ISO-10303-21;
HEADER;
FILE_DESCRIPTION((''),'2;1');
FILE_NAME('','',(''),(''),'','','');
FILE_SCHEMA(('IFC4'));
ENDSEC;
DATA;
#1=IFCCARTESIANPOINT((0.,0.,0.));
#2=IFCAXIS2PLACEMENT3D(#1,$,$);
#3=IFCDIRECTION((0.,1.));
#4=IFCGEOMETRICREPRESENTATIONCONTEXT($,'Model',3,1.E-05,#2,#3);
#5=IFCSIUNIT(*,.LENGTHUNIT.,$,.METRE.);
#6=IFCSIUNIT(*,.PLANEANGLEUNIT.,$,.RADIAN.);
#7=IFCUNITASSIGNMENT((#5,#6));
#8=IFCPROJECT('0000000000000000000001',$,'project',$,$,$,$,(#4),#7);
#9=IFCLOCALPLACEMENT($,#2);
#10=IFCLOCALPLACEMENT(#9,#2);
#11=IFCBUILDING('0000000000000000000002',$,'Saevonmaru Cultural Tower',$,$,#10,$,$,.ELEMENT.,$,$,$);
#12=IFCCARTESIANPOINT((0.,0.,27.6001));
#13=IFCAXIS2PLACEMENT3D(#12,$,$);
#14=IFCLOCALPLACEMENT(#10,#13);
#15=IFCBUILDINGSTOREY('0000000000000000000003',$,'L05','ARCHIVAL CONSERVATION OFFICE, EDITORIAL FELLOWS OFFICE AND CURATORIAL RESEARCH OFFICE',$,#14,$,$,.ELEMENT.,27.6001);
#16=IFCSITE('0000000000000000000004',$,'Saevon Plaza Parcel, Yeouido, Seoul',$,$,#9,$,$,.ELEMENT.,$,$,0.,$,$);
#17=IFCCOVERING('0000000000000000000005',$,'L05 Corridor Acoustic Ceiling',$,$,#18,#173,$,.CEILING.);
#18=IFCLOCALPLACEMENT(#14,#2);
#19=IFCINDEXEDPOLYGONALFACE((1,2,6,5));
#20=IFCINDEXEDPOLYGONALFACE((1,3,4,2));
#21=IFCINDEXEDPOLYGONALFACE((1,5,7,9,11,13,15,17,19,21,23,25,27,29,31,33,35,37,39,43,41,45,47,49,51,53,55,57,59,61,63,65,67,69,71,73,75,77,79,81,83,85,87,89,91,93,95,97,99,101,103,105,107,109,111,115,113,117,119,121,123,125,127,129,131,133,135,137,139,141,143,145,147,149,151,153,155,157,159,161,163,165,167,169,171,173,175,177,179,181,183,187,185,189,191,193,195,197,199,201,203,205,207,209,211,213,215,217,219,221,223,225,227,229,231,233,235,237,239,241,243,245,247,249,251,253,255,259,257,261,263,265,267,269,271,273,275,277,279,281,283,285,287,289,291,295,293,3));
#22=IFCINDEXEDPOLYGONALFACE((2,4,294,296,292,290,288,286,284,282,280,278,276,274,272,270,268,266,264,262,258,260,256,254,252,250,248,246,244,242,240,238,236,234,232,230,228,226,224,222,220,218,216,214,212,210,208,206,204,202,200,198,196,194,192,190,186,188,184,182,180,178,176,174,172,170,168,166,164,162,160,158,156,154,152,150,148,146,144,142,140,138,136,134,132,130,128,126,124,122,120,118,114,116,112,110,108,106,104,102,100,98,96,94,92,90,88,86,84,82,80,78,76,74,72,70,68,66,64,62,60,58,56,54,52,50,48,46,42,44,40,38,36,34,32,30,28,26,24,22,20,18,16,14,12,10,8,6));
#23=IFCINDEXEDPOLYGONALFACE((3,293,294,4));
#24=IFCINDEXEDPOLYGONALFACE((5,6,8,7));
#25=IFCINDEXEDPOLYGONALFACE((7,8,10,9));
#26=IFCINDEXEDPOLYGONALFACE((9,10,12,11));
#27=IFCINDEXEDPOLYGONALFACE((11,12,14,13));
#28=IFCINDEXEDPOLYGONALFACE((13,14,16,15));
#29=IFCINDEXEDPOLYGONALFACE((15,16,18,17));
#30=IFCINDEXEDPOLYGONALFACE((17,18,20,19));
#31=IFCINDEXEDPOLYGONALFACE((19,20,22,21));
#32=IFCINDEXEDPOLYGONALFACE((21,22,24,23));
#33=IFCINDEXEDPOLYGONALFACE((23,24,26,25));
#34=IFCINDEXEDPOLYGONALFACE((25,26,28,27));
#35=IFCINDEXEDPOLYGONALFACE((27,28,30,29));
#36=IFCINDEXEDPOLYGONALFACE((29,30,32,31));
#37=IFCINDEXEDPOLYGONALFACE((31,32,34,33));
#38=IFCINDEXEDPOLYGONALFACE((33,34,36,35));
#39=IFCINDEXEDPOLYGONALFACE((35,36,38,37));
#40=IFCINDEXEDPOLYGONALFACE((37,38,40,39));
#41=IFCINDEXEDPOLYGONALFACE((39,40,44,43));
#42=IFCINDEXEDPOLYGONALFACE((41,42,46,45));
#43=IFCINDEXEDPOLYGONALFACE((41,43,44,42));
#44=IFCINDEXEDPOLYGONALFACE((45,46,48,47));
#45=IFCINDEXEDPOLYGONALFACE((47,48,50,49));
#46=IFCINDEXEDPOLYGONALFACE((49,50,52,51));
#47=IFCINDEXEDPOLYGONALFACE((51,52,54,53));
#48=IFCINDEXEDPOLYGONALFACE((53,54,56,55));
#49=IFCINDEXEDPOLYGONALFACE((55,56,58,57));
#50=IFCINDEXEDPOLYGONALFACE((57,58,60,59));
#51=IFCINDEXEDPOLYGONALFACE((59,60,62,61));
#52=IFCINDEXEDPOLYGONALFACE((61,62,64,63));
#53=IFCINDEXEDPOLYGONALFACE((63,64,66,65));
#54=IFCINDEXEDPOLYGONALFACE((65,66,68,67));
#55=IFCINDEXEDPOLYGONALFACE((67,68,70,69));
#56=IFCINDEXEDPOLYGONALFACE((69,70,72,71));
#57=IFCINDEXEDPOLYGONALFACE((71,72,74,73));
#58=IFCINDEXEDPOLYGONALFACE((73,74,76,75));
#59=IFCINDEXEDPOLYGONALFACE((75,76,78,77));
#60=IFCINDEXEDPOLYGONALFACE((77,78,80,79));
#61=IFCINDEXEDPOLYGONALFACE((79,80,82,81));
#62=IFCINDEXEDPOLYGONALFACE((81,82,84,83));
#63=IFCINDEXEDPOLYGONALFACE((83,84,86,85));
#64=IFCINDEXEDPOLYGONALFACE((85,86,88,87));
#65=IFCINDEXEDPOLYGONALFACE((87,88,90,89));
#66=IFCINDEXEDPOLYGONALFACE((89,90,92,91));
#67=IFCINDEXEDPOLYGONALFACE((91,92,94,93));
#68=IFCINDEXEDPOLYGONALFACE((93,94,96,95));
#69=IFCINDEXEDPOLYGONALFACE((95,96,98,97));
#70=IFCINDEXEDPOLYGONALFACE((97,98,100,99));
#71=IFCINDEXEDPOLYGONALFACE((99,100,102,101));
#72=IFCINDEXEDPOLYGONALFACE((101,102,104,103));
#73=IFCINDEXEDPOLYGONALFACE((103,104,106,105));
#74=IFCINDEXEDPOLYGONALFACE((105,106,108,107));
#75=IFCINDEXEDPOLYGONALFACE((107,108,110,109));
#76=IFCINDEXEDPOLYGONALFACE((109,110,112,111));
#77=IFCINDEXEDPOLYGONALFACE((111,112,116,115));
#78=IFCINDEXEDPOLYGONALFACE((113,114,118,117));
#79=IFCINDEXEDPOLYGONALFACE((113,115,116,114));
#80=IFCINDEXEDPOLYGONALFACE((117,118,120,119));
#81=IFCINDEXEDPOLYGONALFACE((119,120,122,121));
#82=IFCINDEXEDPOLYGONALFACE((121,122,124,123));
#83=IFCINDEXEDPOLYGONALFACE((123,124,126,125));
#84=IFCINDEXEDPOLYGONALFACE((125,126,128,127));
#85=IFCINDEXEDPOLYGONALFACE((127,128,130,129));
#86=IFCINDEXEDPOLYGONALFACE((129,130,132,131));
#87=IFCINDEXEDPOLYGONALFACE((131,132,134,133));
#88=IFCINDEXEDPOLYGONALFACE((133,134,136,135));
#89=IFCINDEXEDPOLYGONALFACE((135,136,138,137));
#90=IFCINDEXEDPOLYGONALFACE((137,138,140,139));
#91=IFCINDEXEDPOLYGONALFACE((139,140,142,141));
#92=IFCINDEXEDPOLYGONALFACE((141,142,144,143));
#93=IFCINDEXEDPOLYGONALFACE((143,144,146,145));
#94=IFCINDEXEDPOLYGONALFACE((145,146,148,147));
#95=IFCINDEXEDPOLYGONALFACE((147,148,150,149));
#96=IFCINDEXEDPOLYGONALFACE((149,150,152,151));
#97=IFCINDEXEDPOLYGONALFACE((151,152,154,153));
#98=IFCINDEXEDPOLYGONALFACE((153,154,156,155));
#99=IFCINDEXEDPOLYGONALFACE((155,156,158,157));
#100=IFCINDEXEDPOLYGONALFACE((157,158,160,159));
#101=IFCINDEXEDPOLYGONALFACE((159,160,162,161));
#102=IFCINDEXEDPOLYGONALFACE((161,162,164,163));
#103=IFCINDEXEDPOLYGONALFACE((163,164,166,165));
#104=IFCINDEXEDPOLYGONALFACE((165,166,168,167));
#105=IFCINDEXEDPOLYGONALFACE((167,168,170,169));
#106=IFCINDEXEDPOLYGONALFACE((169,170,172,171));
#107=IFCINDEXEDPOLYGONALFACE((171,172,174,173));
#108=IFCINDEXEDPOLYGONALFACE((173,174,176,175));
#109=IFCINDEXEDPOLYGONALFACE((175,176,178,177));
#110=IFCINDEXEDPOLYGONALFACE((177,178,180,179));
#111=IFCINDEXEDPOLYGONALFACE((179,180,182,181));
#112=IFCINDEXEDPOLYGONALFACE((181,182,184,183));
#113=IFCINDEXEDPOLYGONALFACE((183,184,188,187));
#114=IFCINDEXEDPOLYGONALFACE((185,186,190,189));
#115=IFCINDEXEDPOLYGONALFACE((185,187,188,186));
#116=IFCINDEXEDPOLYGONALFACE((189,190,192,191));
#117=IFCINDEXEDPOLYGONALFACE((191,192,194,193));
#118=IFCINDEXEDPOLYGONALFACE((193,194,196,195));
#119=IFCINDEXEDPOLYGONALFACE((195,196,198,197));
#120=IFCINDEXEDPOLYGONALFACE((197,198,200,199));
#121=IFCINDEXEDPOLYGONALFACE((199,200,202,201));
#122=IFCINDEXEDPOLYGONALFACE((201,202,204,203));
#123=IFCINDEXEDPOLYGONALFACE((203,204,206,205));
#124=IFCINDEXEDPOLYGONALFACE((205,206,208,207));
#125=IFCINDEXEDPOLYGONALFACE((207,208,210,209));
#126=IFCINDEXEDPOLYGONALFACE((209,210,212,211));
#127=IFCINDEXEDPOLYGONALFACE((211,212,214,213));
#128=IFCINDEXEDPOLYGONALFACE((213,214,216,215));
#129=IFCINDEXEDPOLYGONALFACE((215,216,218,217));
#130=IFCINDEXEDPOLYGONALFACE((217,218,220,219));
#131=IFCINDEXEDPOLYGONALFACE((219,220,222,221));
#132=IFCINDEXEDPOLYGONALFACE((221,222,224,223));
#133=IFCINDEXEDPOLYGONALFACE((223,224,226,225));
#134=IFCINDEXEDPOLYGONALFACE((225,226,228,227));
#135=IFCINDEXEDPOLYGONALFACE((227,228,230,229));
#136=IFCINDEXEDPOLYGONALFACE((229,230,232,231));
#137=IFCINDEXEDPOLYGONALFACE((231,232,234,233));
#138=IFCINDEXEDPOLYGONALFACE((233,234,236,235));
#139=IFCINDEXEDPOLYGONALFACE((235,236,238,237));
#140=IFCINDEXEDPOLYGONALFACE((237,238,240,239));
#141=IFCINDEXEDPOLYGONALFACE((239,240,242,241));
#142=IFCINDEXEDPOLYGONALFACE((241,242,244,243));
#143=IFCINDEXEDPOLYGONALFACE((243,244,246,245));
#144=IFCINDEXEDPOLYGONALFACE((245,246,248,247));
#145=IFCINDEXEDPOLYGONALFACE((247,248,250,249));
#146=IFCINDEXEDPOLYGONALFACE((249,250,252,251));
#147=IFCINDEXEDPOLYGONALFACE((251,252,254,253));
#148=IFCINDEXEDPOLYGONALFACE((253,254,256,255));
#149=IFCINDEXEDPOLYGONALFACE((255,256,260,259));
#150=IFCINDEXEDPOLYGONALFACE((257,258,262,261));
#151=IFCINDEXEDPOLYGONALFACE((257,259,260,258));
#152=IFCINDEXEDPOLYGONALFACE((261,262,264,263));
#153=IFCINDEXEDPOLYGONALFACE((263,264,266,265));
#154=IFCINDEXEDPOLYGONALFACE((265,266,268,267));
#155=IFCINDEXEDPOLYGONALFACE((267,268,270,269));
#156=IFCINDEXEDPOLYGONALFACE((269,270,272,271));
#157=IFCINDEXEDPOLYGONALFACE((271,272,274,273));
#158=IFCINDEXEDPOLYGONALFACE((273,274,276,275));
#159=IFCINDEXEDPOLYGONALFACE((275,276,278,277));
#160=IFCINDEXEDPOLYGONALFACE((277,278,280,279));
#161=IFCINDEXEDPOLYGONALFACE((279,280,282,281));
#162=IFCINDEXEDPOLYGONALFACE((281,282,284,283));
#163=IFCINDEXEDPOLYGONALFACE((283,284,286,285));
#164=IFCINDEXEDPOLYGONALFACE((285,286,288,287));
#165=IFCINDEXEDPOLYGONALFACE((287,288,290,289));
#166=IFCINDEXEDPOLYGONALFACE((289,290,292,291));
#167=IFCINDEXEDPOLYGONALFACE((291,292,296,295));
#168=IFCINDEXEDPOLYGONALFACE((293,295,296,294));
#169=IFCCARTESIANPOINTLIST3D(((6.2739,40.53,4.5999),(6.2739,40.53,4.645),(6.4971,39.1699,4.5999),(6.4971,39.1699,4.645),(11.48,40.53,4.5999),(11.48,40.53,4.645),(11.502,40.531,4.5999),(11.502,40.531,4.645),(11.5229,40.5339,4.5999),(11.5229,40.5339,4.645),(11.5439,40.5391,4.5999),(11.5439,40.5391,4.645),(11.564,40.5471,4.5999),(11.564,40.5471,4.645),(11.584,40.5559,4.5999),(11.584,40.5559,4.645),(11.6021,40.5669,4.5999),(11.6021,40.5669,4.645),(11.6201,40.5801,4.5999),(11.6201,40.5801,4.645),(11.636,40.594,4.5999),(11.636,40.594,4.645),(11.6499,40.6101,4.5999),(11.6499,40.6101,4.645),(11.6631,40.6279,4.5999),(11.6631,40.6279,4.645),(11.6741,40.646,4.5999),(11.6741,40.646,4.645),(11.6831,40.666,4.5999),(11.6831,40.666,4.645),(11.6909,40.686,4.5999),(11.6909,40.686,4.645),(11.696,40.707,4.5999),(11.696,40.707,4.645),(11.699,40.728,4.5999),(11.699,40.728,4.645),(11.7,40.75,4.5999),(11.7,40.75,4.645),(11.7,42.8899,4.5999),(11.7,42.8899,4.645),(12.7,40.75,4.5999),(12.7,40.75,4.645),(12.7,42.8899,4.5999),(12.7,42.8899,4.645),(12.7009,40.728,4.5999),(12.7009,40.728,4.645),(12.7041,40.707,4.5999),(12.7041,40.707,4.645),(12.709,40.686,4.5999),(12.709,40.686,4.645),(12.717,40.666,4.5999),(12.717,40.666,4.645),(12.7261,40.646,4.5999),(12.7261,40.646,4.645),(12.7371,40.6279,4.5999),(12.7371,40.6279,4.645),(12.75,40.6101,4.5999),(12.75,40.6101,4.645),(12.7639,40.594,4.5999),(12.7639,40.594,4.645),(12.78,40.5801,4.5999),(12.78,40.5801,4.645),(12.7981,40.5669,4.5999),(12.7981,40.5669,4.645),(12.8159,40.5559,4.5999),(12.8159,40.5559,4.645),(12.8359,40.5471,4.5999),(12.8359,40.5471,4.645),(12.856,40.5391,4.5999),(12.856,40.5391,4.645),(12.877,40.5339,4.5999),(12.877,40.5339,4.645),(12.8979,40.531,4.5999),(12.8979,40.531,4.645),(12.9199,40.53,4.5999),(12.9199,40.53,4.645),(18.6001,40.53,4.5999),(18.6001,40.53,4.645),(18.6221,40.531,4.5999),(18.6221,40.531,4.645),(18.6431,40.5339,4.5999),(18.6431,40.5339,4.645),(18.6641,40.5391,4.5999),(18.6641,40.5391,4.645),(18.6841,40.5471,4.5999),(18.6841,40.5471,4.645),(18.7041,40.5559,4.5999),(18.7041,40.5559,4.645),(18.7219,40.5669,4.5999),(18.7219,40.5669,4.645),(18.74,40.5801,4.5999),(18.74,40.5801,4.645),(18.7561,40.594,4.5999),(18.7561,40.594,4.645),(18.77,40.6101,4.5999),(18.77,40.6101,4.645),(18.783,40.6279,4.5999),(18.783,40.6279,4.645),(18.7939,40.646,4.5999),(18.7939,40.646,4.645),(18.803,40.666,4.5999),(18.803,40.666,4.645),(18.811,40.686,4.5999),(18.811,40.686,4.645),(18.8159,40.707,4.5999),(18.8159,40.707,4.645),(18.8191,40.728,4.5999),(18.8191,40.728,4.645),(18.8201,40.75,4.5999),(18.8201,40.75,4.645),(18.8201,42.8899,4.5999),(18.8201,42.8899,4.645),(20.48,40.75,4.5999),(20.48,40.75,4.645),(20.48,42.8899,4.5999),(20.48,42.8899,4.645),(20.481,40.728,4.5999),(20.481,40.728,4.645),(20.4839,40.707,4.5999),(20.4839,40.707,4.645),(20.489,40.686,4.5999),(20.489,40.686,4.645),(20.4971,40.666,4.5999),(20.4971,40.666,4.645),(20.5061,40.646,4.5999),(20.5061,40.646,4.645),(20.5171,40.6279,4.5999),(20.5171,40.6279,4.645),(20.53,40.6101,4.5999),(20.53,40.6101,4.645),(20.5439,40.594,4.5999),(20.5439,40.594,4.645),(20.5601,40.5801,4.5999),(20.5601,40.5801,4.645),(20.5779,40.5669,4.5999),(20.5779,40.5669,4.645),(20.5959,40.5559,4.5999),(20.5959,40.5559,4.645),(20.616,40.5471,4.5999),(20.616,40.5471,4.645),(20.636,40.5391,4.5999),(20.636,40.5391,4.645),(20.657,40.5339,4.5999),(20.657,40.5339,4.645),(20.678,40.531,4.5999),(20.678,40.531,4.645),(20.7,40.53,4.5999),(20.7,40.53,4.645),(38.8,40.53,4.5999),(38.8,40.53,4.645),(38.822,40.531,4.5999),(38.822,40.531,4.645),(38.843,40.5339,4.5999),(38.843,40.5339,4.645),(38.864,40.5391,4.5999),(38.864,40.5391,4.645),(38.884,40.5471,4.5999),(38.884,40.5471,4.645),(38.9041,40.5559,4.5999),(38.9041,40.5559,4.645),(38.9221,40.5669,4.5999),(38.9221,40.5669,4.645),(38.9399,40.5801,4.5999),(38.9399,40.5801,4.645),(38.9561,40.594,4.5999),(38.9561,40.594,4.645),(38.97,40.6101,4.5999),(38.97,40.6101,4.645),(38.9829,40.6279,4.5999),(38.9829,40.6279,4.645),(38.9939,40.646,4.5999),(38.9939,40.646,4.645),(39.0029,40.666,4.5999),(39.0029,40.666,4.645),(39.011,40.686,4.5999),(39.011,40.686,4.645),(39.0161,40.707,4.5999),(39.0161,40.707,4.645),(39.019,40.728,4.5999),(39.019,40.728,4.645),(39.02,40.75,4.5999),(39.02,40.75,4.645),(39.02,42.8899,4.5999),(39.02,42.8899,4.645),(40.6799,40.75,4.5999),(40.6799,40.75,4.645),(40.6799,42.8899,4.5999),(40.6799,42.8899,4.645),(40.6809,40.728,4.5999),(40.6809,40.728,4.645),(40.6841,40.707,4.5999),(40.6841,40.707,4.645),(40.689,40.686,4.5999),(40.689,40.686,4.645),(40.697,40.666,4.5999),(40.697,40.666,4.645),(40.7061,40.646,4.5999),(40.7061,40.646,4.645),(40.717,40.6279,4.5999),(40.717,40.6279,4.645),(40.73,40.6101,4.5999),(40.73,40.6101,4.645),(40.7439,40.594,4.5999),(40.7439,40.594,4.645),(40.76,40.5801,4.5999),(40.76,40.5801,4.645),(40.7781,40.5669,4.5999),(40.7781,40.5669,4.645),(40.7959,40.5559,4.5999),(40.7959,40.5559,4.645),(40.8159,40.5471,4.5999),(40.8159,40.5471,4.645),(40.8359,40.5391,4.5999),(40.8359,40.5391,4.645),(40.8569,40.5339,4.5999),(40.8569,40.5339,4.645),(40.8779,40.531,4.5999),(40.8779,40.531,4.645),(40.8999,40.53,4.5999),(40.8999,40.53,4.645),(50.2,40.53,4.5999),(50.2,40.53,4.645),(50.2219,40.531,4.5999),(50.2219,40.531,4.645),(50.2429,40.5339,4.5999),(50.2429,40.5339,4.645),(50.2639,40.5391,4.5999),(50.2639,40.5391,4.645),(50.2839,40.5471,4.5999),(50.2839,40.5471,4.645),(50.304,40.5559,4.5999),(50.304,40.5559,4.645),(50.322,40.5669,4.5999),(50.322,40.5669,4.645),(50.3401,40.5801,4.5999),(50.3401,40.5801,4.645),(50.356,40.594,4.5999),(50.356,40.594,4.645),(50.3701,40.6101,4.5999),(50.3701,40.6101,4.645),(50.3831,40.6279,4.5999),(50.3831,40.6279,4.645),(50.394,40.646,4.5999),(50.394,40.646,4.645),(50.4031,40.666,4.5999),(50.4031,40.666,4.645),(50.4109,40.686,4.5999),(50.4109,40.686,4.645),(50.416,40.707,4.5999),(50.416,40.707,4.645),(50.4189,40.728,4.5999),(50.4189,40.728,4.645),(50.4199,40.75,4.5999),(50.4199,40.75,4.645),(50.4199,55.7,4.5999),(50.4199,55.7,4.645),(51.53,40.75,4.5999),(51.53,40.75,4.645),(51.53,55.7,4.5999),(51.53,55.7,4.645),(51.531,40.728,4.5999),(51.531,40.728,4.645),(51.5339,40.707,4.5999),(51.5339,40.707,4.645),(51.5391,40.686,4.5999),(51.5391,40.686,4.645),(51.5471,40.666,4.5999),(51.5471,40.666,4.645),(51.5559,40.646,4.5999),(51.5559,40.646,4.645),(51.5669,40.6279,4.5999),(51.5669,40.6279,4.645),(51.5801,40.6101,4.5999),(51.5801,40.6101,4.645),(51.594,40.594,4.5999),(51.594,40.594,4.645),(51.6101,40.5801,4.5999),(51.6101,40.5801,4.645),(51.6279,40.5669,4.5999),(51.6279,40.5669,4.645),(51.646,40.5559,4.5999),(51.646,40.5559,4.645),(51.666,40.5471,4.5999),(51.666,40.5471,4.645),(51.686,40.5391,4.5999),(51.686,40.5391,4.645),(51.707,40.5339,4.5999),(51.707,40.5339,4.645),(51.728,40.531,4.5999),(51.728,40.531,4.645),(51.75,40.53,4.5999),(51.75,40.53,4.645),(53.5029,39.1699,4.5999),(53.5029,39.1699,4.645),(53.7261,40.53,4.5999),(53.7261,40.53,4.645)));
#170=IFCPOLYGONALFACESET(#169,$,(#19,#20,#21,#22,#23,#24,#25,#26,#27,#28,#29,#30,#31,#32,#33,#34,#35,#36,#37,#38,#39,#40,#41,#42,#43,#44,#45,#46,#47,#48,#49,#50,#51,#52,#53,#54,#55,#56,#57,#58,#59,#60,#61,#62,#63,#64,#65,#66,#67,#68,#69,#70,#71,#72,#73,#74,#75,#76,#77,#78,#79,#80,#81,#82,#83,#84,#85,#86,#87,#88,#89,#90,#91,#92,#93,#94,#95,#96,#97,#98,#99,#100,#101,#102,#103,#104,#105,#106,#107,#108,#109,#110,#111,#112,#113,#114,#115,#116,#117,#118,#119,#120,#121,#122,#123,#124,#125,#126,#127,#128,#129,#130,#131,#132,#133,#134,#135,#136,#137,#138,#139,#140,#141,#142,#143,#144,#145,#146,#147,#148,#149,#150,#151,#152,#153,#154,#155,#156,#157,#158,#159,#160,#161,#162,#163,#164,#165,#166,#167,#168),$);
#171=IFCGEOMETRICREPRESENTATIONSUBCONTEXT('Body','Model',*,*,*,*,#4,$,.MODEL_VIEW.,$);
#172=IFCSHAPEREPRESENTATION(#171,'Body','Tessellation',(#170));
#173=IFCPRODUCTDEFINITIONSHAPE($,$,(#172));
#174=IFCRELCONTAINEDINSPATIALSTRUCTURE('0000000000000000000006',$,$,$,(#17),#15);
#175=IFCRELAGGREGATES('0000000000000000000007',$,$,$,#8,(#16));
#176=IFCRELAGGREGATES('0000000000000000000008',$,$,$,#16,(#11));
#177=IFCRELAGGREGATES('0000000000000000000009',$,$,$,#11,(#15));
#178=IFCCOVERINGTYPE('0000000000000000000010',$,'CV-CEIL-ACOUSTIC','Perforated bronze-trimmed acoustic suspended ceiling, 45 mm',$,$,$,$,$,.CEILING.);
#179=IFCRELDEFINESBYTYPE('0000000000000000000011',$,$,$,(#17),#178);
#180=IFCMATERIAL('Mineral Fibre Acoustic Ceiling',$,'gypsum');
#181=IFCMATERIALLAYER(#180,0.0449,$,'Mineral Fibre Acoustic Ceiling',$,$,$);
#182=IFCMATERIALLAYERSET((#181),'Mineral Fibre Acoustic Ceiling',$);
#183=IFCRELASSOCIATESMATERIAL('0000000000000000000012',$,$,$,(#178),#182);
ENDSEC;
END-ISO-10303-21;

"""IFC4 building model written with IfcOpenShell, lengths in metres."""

from ifc_helpers import new_model, si_unit, direction, frame, origin, place, context, subcontext, project, spatial, polyline, outline, extrude, material, layer, layer_set, type_object, element, save


model = new_model("IFC4")

# Units and contexts
model_context = context("Model", 3, precision=1e-05, world=origin(), true_north=direction((0.0, 1.0)))
body_context = subcontext(model_context, "Body", "Model", "MODEL_VIEW")
ifc_project = project(units=[si_unit("LENGTHUNIT", "METRE"), si_unit("PLANEANGLEUNIT", "RADIAN")], contexts=[model_context])

# Site, building, storey
site_placement = place(None, origin())
site = spatial("IfcSite", under=ifc_project, at=site_placement, Name="Saevon Plaza Parcel, Yeouido, Seoul", CompositionType="ELEMENT", RefElevation=0.0)
building_placement = place(site_placement, origin())
building = spatial("IfcBuilding", under=site, at=building_placement, Name="Saevonmaru Cultural Tower", CompositionType="ELEMENT")
storey_placement = place(building_placement, frame((0.0, 0.0, 27.6001)))
storey = spatial("IfcBuildingStorey", under=building, at=storey_placement, Name="L05", Description="ARCHIVAL CONSERVATION OFFICE, EDITORIAL FELLOWS OFFICE AND CURATORIAL RESEARCH OFFICE", CompositionType="ELEMENT", Elevation=27.6001)

# Covering
ifc_material_1 = material(Name="Mineral Fibre Acoustic Ceiling", Category="gypsum")
ifc_layer_1 = layer(ifc_material_1, 0.0449, Name="Mineral Fibre Acoustic Ceiling")
ifc_layer_set_1 = layer_set([ifc_layer_1], Name="Mineral Fibre Acoustic Ceiling")
covering_type_1 = type_object("IfcCoveringType", Name="CV-CEIL-ACOUSTIC", Description="Perforated bronze-trimmed acoustic suspended ceiling, 45 mm", PredefinedType="CEILING", material=ifc_layer_set_1)
covering_1_placement = place(storey_placement, frame((0.0, 0.0, 4.5999)))
element("IfcCovering", 1, at=covering_1_placement, inside=storey, type_object=covering_type_1, Name="L05 Corridor Acoustic Ceiling", PredefinedType="CEILING", context=body_context, shape_type="SweptSolid", body=[
    extrude(outline(polyline([(6.4971, 39.1699), (6.2739, 40.53), (11.48, 40.53), (11.502, 40.531), (11.5229, 40.5339), (11.5439, 40.5391), (11.564, 40.5471), (11.584, 40.5559), (11.6021, 40.5669), (11.6201, 40.5801), (11.636, 40.594), (11.6499, 40.6101), (11.6631, 40.6279), (11.6741, 40.646), (11.6831, 40.666), (11.6909, 40.686), (11.696, 40.707), (11.699, 40.728), (11.7, 40.75), (11.7, 42.8899), (12.7, 42.8899), (12.7, 40.75), (12.7009, 40.728), (12.7041, 40.707), (12.709, 40.686), (12.717, 40.666), (12.7261, 40.646), (12.7371, 40.6279), (12.75, 40.6101), (12.7639, 40.594), (12.78, 40.5801), (12.7981, 40.5669), (12.8159, 40.5559), (12.8359, 40.5471), (12.856, 40.5391), (12.877, 40.5339), (12.8979, 40.531), (12.9199, 40.53), (18.6001, 40.53), (18.6221, 40.531), (18.6431, 40.5339), (18.6641, 40.5391), (18.6841, 40.5471), (18.7041, 40.5559), (18.7219, 40.5669), (18.74, 40.5801), (18.7561, 40.594), (18.77, 40.6101), (18.783, 40.6279), (18.7939, 40.646), (18.803, 40.666), (18.811, 40.686), (18.8159, 40.707), (18.8191, 40.728), (18.8201, 40.75), (18.8201, 42.8899), (20.48, 42.8899), (20.48, 40.75), (20.481, 40.728), (20.4839, 40.707), (20.489, 40.686), (20.4971, 40.666), (20.5061, 40.646), (20.5171, 40.6279), (20.53, 40.6101), (20.5439, 40.594), (20.5601, 40.5801), (20.5779, 40.5669), (20.5959, 40.5559), (20.616, 40.5471), (20.636, 40.5391), (20.657, 40.5339), (20.678, 40.531), (20.7, 40.53), (38.8, 40.53), (38.822, 40.531), (38.843, 40.5339), (38.864, 40.5391), (38.884, 40.5471), (38.9041, 40.5559), (38.9221, 40.5669), (38.9399, 40.5801), (38.9561, 40.594), (38.97, 40.6101), (38.9829, 40.6279), (38.9939, 40.646), (39.0029, 40.666), (39.011, 40.686), (39.0161, 40.707), (39.019, 40.728), (39.02, 40.75), (39.02, 42.8899), (40.6799, 42.8899), (40.6799, 40.75), (40.6809, 40.728), (40.6841, 40.707), (40.689, 40.686), (40.697, 40.666), (40.7061, 40.646), (40.717, 40.6279), (40.73, 40.6101), (40.7439, 40.594), (40.76, 40.5801), (40.7781, 40.5669), (40.7959, 40.5559), (40.8159, 40.5471), (40.8359, 40.5391), (40.8569, 40.5339), (40.8779, 40.531), (40.8999, 40.53), (50.2, 40.53), (50.2219, 40.531), (50.2429, 40.5339), (50.2639, 40.5391), (50.2839, 40.5471), (50.304, 40.5559), (50.322, 40.5669), (50.3401, 40.5801), (50.356, 40.594), (50.3701, 40.6101), (50.3831, 40.6279), (50.394, 40.646), (50.4031, 40.666), (50.4109, 40.686), (50.416, 40.707), (50.4189, 40.728), (50.4199, 40.75), (50.4199, 55.7), (51.53, 55.7), (51.53, 40.75), (51.531, 40.728), (51.5339, 40.707), (51.5391, 40.686), (51.5471, 40.666), (51.5559, 40.646), (51.5669, 40.6279), (51.5801, 40.6101), (51.594, 40.594), (51.6101, 40.5801), (51.6279, 40.5669), (51.646, 40.5559), (51.666, 40.5471), (51.686, 40.5391), (51.707, 40.5339), (51.728, 40.531), (51.75, 40.53), (53.7261, 40.53), (53.5029, 39.1699), (6.4971, 39.1699)])), origin(), (0.0, 0.0, 1.0), 0.0452),
])

save(model, "model.ifc")
